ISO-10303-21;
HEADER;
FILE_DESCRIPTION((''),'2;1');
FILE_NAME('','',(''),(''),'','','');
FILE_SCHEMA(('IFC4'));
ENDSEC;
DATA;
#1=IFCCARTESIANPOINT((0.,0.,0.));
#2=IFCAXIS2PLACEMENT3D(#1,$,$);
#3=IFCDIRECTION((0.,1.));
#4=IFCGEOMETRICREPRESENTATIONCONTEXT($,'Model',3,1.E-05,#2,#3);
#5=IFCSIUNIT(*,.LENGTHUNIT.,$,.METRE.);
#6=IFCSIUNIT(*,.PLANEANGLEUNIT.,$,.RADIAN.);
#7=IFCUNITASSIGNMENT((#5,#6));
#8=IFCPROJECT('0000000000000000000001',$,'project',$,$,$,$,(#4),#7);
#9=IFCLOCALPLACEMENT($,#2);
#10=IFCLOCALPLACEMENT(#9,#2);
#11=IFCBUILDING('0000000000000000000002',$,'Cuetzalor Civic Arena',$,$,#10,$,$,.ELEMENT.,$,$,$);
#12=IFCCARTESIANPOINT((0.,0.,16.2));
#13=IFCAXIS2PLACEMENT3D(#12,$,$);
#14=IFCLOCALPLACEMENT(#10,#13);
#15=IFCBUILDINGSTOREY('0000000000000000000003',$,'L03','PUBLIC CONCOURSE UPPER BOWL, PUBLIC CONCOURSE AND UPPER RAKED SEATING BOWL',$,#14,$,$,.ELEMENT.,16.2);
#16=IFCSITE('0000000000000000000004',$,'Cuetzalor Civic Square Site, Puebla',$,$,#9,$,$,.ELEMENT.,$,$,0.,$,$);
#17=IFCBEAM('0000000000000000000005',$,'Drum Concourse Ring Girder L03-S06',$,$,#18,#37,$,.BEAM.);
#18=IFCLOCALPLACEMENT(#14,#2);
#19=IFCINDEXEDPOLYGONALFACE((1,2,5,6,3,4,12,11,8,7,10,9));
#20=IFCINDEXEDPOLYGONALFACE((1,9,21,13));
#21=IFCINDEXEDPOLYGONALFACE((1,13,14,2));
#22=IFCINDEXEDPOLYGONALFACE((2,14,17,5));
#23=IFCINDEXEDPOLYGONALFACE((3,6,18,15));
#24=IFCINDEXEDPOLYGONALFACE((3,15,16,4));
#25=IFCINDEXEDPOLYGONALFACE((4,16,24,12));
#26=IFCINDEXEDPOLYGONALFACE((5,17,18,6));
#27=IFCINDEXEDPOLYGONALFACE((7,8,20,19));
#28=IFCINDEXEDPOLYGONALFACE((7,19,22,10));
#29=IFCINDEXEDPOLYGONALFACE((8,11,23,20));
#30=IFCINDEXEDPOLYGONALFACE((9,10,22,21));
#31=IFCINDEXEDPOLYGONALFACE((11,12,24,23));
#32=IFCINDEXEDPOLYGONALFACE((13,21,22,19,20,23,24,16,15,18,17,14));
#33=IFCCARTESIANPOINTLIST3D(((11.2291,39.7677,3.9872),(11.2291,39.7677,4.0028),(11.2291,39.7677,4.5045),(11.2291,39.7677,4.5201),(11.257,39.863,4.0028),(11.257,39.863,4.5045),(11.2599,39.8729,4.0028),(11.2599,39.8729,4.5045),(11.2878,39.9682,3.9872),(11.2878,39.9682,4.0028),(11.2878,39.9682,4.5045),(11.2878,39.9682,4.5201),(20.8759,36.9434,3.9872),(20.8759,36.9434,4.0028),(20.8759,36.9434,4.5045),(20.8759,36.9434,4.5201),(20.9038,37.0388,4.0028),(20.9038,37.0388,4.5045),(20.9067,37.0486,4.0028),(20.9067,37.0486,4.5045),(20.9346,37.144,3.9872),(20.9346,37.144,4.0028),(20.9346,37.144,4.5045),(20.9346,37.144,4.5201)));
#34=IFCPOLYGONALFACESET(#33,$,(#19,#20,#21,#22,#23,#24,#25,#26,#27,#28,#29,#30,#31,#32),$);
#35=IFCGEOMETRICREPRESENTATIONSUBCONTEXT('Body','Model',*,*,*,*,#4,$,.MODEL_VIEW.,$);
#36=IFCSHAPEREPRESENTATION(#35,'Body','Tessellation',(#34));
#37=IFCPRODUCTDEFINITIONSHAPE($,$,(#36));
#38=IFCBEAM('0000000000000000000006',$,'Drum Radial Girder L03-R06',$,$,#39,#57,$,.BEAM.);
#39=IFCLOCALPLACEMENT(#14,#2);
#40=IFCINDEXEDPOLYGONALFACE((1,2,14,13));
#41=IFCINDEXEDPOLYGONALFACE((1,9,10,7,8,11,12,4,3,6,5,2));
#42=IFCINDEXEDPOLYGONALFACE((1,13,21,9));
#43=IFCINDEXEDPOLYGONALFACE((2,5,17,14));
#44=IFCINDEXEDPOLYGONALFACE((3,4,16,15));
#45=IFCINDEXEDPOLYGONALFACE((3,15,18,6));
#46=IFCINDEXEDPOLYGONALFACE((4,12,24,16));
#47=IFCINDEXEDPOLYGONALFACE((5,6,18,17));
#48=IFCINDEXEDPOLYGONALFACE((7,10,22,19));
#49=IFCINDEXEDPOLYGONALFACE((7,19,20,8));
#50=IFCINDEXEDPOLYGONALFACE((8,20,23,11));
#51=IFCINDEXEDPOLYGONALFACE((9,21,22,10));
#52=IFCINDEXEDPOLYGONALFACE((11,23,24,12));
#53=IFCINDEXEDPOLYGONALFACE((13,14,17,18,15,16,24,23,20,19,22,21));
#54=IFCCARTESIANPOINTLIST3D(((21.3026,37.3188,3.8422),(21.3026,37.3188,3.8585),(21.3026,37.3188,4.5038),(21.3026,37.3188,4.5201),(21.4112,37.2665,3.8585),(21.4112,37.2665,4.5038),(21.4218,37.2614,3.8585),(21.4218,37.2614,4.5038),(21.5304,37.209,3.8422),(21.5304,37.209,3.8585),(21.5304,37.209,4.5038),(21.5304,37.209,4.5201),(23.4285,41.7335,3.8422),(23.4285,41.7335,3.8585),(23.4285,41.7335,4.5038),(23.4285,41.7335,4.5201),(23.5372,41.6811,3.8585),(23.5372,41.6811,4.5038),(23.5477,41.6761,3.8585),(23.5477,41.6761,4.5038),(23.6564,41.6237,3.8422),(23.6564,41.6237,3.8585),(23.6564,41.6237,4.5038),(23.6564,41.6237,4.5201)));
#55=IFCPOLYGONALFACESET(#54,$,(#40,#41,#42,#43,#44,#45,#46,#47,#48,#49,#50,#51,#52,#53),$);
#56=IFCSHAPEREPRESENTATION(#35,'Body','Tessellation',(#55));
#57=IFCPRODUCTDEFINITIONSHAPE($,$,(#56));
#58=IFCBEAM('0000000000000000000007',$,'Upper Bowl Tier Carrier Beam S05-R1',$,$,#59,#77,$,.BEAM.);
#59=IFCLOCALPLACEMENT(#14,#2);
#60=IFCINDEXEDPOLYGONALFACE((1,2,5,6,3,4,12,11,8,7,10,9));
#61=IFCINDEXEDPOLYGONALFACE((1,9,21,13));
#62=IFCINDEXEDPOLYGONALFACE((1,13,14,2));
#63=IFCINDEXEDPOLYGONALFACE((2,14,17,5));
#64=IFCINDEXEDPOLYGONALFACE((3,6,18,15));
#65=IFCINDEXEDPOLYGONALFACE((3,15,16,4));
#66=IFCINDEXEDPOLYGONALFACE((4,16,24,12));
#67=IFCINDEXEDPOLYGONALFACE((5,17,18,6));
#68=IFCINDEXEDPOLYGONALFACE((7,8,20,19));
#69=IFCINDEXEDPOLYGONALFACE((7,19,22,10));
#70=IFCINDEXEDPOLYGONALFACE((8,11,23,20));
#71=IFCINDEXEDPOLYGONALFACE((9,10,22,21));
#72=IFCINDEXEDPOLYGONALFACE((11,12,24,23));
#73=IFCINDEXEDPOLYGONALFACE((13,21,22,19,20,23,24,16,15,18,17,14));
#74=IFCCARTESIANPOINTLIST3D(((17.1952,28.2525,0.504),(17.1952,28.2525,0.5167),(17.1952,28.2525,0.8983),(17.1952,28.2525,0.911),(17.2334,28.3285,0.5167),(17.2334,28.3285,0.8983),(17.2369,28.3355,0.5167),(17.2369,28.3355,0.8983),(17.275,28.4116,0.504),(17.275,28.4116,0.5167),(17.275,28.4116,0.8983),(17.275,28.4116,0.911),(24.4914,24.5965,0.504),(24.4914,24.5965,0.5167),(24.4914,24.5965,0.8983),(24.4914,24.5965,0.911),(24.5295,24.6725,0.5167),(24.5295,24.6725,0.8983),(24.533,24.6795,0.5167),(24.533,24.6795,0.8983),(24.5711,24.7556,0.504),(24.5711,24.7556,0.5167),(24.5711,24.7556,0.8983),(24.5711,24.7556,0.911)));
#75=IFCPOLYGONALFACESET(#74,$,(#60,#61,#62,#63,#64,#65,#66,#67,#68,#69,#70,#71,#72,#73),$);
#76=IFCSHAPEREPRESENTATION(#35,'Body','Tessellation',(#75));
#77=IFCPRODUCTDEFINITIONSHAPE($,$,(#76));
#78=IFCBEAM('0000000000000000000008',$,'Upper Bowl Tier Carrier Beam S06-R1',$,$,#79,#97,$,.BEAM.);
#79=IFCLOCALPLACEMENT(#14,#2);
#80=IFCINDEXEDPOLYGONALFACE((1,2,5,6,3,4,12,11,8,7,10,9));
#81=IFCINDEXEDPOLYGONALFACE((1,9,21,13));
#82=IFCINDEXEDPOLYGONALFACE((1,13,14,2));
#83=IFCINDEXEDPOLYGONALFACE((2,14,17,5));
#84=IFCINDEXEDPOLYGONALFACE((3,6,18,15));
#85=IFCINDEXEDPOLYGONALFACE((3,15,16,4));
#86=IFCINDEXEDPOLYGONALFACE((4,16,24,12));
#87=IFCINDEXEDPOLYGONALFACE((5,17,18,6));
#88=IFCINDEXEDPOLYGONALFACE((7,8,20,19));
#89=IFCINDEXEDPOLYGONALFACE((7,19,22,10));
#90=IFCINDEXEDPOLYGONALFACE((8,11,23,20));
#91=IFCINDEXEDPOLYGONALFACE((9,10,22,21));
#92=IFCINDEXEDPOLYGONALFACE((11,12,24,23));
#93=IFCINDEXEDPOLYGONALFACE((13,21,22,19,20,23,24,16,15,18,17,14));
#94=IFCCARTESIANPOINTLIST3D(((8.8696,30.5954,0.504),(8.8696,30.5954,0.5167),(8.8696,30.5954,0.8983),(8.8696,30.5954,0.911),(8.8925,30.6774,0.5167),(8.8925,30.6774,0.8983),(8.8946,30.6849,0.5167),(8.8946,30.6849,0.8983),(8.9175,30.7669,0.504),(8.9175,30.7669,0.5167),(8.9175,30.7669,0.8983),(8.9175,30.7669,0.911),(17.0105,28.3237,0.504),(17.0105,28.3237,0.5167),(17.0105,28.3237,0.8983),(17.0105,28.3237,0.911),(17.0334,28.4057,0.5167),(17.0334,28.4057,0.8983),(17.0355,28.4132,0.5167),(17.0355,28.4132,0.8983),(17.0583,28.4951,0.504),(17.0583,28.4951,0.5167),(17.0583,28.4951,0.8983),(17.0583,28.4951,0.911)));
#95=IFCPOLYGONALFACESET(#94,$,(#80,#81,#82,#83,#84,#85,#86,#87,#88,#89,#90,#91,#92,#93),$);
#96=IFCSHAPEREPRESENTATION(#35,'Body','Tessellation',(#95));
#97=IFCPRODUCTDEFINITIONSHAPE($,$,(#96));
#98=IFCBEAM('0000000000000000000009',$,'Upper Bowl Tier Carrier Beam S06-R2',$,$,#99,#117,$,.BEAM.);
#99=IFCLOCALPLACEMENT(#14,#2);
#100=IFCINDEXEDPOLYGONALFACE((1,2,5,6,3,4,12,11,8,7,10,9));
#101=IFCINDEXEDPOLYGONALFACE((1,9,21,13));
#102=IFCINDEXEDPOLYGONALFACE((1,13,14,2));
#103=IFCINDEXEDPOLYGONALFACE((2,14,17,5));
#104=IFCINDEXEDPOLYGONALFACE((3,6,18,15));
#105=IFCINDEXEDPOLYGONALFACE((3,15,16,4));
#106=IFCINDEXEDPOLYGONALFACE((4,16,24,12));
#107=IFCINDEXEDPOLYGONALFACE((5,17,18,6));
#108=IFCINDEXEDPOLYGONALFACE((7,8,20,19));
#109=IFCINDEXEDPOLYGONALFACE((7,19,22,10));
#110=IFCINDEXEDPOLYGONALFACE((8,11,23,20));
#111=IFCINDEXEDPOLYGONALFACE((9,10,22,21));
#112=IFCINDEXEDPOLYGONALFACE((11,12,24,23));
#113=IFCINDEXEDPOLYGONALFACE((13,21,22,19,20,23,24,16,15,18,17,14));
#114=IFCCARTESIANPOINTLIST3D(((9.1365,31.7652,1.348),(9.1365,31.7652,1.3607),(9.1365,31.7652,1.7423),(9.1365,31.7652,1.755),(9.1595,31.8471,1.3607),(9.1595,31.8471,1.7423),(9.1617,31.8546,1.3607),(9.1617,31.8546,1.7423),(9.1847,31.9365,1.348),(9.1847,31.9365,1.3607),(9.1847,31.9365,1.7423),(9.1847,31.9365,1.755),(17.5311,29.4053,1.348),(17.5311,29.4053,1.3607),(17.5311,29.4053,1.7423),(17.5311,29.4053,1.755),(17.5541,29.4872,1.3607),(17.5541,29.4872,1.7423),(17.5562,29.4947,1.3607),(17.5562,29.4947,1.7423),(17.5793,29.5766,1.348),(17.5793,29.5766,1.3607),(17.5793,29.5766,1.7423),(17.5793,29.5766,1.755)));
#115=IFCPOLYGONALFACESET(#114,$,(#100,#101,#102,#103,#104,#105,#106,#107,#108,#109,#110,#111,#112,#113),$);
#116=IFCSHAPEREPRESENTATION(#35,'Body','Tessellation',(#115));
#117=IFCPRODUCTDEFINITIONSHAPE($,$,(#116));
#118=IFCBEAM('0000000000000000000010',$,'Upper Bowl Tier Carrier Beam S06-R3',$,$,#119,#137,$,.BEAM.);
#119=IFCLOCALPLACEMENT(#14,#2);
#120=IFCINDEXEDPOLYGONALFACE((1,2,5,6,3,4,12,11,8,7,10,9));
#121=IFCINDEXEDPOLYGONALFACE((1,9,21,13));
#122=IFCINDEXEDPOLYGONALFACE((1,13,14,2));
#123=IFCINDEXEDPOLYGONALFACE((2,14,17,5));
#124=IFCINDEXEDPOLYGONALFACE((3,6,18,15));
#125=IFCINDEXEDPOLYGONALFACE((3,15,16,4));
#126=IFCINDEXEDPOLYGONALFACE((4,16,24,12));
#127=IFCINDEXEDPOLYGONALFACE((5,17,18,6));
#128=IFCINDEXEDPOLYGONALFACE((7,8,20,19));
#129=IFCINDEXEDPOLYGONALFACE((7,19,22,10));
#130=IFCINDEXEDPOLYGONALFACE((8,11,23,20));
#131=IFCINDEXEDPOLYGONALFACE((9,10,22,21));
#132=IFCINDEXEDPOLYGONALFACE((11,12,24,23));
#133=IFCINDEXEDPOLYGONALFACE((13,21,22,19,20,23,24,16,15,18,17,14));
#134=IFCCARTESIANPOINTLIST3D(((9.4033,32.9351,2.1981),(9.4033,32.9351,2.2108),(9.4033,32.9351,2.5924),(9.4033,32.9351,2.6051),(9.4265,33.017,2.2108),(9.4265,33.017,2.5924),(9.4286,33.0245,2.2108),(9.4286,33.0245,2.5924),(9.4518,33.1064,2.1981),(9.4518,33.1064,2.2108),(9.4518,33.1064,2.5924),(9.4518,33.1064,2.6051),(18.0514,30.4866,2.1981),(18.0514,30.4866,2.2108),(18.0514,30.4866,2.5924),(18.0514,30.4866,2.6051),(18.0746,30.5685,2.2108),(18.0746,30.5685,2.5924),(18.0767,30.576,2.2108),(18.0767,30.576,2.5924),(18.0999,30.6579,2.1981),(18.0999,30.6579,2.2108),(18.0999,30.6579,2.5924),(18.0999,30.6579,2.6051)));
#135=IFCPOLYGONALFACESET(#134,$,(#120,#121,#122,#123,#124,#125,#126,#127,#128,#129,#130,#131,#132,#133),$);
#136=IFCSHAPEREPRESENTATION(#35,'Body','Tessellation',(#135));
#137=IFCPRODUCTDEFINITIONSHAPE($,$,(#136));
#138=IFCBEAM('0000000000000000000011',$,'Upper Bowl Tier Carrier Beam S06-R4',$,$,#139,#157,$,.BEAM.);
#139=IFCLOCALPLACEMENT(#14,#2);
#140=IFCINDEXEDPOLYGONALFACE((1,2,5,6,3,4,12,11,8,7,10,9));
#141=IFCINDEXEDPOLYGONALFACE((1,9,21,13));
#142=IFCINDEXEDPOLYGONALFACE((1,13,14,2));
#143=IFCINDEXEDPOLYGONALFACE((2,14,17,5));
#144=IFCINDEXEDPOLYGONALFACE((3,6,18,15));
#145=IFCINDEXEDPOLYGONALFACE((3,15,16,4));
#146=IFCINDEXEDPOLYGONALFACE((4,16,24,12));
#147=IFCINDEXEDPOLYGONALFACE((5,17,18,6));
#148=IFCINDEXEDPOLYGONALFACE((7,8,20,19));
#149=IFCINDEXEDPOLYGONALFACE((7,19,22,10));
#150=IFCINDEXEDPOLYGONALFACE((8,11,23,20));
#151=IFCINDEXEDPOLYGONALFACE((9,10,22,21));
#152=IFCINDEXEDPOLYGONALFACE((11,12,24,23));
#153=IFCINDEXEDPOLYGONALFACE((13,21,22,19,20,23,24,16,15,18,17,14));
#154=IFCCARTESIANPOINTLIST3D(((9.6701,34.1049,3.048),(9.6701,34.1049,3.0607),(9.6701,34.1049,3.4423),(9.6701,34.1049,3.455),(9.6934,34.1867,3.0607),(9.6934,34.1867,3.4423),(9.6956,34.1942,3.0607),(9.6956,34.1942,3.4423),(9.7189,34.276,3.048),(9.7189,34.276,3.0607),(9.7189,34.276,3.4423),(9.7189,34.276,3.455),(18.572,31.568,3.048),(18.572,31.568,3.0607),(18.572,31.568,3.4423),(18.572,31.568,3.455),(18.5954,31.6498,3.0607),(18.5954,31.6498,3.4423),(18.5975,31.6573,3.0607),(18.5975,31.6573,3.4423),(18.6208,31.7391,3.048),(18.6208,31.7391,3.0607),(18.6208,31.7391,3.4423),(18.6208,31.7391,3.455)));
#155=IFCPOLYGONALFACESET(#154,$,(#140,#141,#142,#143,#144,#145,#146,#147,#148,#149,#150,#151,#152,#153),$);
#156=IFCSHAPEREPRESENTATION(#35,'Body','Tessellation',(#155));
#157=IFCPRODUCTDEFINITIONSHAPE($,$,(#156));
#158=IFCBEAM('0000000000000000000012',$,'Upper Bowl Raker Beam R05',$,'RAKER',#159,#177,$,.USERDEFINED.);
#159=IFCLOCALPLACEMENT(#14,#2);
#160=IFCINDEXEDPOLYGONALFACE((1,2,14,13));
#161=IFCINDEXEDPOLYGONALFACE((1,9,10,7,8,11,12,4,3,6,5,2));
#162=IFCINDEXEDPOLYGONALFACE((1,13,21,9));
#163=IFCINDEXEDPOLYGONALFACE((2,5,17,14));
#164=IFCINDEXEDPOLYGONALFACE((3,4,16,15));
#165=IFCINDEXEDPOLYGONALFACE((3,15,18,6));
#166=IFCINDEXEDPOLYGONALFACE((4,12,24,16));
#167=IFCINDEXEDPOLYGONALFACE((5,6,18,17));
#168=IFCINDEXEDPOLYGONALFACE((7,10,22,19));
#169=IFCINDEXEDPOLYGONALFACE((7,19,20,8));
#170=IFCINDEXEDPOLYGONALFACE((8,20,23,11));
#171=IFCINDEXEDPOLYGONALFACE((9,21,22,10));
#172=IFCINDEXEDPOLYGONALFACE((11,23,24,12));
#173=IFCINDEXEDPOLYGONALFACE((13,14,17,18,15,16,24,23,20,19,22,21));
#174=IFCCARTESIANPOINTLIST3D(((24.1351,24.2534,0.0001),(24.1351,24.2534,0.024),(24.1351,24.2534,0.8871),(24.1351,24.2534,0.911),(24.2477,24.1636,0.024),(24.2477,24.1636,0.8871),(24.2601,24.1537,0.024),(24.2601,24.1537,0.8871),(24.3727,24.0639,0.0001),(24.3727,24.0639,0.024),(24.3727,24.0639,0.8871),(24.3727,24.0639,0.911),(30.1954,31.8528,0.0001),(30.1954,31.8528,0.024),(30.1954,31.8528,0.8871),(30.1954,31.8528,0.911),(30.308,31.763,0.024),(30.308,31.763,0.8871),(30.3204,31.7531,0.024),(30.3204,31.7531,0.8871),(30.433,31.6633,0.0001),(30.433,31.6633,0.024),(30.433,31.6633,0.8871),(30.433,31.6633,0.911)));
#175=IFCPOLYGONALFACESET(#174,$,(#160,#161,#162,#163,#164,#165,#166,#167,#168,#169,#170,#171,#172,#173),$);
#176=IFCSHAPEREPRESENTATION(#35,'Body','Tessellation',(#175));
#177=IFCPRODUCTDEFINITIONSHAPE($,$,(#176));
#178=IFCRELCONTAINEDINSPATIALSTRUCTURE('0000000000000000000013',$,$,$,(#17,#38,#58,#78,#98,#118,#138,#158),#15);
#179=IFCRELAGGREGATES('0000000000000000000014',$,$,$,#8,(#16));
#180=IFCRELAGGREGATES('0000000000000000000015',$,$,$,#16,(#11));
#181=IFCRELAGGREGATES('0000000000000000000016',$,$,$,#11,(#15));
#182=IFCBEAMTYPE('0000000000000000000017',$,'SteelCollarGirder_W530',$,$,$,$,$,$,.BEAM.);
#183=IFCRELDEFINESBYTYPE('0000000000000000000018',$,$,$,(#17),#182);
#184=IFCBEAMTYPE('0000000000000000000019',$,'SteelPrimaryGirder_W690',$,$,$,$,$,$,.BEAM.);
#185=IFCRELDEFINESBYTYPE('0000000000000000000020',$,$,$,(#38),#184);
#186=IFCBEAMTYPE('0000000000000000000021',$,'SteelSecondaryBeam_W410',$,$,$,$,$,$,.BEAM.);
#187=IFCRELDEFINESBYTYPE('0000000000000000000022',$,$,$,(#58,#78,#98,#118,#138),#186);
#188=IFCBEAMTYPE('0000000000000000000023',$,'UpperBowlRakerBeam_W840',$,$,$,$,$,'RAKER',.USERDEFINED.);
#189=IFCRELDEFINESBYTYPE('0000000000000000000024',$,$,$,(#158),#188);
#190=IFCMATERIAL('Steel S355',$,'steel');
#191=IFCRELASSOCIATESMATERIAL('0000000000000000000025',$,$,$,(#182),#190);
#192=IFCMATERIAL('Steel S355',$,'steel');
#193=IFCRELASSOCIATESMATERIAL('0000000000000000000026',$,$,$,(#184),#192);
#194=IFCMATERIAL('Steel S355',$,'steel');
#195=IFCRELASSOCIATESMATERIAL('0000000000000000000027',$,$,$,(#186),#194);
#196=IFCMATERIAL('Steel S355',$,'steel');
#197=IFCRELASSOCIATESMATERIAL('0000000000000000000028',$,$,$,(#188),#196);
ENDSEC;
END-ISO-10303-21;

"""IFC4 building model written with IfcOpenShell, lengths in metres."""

from ifc_helpers import new_model, si_unit, direction, frame, origin, origin_2d, place, context, subcontext, project, spatial, i_section, extrude, material, material_profile, profile_set, type_object, element, save


model = new_model("IFC4")

# Units and contexts
model_context = context("Model", 3, precision=1e-05, world=origin(), true_north=direction((0.0, 1.0)))
body_context = subcontext(model_context, "Body", "Model", "MODEL_VIEW")
ifc_project = project(units=[si_unit("LENGTHUNIT", "METRE"), si_unit("PLANEANGLEUNIT", "RADIAN")], contexts=[model_context])

# Site, building, storey
site_placement = place(None, origin())
site = spatial("IfcSite", under=ifc_project, at=site_placement, Name="Cuetzalor Civic Square Site, Puebla", CompositionType="ELEMENT", RefElevation=0.0)
building_placement = place(site_placement, origin())
building = spatial("IfcBuilding", under=site, at=building_placement, Name="Cuetzalor Civic Arena", CompositionType="ELEMENT")
storey_placement = place(building_placement, frame((0.0, 0.0, 16.2)))
storey = spatial("IfcBuildingStorey", under=building, at=storey_placement, Name="L03", Description="PUBLIC CONCOURSE UPPER BOWL, PUBLIC CONCOURSE AND UPPER RAKED SEATING BOWL", CompositionType="ELEMENT", Elevation=16.2)

# Beams
ifc_material_1 = material(Name="Steel S355", Category="steel")
ifc_material_profile_1 = material_profile(ifc_material_1, i_section(OverallWidth=0.209, OverallDepth=0.533, WebThickness=0.0103, FlangeThickness=0.0156, at=origin_2d()), Name="W530x92")
ifc_profile_set_1 = profile_set([ifc_material_profile_1], Name="Steel S355")
beam_type_1 = type_object("IfcBeamType", Name="SteelCollarGirder_W530", PredefinedType="BEAM", material=ifc_profile_set_1)
beam_1_placement = place(storey_placement, frame((20.9053, 37.0437, 4.2537), z_axis=(-0.959716, 0.280971, 0.0), x_axis=(-0.280971, -0.959716, 0.0)))
element("IfcBeam", 1, at=beam_1_placement, inside=storey, type_object=beam_type_1, Name="Drum Concourse Ring Girder L03-S06", PredefinedType="BEAM", context=body_context, shape_type="SweptSolid", body=[
    extrude(i_section(OverallWidth=0.209, OverallDepth=0.533, WebThickness=0.0103, FlangeThickness=0.0156, at=origin_2d()), origin(), (0.0, 0.0, 1.0), 10.0518),
])
ifc_material_2 = material(Name="Steel S355", Category="steel")
ifc_material_profile_2 = material_profile(ifc_material_2, i_section(OverallWidth=0.2529, OverallDepth=0.678, WebThickness=0.0117, FlangeThickness=0.0164, at=origin_2d()), Name="W690x125")
ifc_profile_set_2 = profile_set([ifc_material_profile_2], Name="Steel S355")
beam_type_2 = type_object("IfcBeamType", Name="SteelPrimaryGirder_W690", PredefinedType="BEAM", material=ifc_profile_set_2)
beam_2_placement = place(storey_placement, frame((21.4165, 37.2639, 4.1812), z_axis=(0.433871, 0.900975, 0.0), x_axis=(-0.900975, 0.433871, 0.0)))
element("IfcBeam", 2, at=beam_2_placement, inside=storey, type_object=beam_type_2, Name="Drum Radial Girder L03-R06", PredefinedType="BEAM", context=body_context, shape_type="SweptSolid", body=[
    extrude(i_section(OverallWidth=0.2529, OverallDepth=0.678, WebThickness=0.0117, FlangeThickness=0.0164, at=origin_2d()), origin(), (0.0, 0.0, 1.0), 4.8999),
])
ifc_material_3 = material(Name="Steel S355", Category="steel")
ifc_material_profile_3 = material_profile(ifc_material_3, i_section(OverallWidth=0.178, OverallDepth=0.407, WebThickness=0.0078, FlangeThickness=0.0127, at=origin_2d()), Name="W410x60")
ifc_profile_set_3 = profile_set([ifc_material_profile_3], Name="Steel S355")
beam_type_3 = type_object("IfcBeamType", Name="SteelSecondaryBeam_W410", PredefinedType="BEAM", material=ifc_profile_set_3)
beam_3_placement = place(storey_placement, frame((24.5312, 24.676, 0.7075), z_axis=(-0.894038, 0.447991, 0.0), x_axis=(-0.447991, -0.894038, 0.0)))
element("IfcBeam", 3, at=beam_3_placement, inside=storey, type_object=beam_type_3, Name="Upper Bowl Tier Carrier Beam S05-R1", PredefinedType="BEAM", context=body_context, shape_type="SweptSolid", body=[
    extrude(i_section(OverallWidth=0.178, OverallDepth=0.407, WebThickness=0.0078, FlangeThickness=0.0127, at=origin_2d()), origin(), (0.0, 0.0, 1.0), 8.1609),
])
beam_4_placement = place(storey_placement, frame((17.0344, 28.4094, 0.7075), z_axis=(-0.963201, 0.268783, 0.0), x_axis=(-0.268783, -0.963201, 0.0)))
element("IfcBeam", 4, at=beam_4_placement, inside=storey, type_object=beam_type_3, Name="Upper Bowl Tier Carrier Beam S06-R1", PredefinedType="BEAM", context=body_context, shape_type="SweptSolid", body=[
    extrude(i_section(OverallWidth=0.178, OverallDepth=0.407, WebThickness=0.0078, FlangeThickness=0.0127, at=origin_2d()), origin(), (0.0, 0.0, 1.0), 8.4519),
])
beam_5_placement = place(storey_placement, frame((17.5552, 29.491, 1.5515), z_axis=(-0.962684, 0.270629, 0.0), x_axis=(-0.270629, -0.962684, 0.0)))
element("IfcBeam", 5, at=beam_5_placement, inside=storey, type_object=beam_type_3, Name="Upper Bowl Tier Carrier Beam S06-R2", PredefinedType="BEAM", context=body_context, shape_type="SweptSolid", body=[
    extrude(i_section(OverallWidth=0.178, OverallDepth=0.407, WebThickness=0.0078, FlangeThickness=0.0127, at=origin_2d()), origin(), (0.0, 0.0, 1.0), 8.72),
])
beam_6_placement = place(storey_placement, frame((18.0757, 30.5723, 2.4016), z_axis=(-0.96218, 0.272414, 0.0), x_axis=(-0.272414, -0.96218, 0.0)))
element("IfcBeam", 6, at=beam_6_placement, inside=storey, type_object=beam_type_3, Name="Upper Bowl Tier Carrier Beam S06-R3", PredefinedType="BEAM", context=body_context, shape_type="SweptSolid", body=[
    extrude(i_section(OverallWidth=0.178, OverallDepth=0.407, WebThickness=0.0078, FlangeThickness=0.0127, at=origin_2d()), origin(), (0.0, 0.0, 1.0), 8.988),
])
beam_7_placement = place(storey_placement, frame((18.5964, 31.6536, 3.2515), z_axis=(-0.96171, 0.27407, 0.0), x_axis=(-0.27407, -0.96171, 0.0)))
element("IfcBeam", 7, at=beam_7_placement, inside=storey, type_object=beam_type_3, Name="Upper Bowl Tier Carrier Beam S06-R4", PredefinedType="BEAM", context=body_context, shape_type="SweptSolid", body=[
    extrude(i_section(OverallWidth=0.178, OverallDepth=0.407, WebThickness=0.0078, FlangeThickness=0.0127, at=origin_2d()), origin(), (0.0, 0.0, 1.0), 9.2563),
])
ifc_material_4 = material(Name="Steel S355", Category="steel")
ifc_material_profile_4 = material_profile(ifc_material_4, i_section(OverallWidth=0.304, OverallDepth=0.9109, WebThickness=0.0159, FlangeThickness=0.0239, at=origin_2d()), Name="W920x223")
ifc_profile_set_4 = profile_set([ifc_material_profile_4], Name="Steel S355")
beam_type_4 = type_object("IfcBeamType", Name="UpperBowlRakerBeam_W840", ElementType="RAKER", PredefinedType="USERDEFINED", material=ifc_profile_set_4)
beam_8_placement = place(storey_placement, frame((24.2539, 24.1587, 0.4556), z_axis=(0.623491, 0.781831, 0.0), x_axis=(-0.781831, 0.623491, 0.0)))
element("IfcBeam", 8, at=beam_8_placement, inside=storey, type_object=beam_type_4, Name="Upper Bowl Raker Beam R05", ObjectType="RAKER", PredefinedType="USERDEFINED", context=body_context, shape_type="SweptSolid", body=[
    extrude(i_section(OverallWidth=0.304, OverallDepth=0.9109, WebThickness=0.0159, FlangeThickness=0.0239, at=origin_2d()), origin(), (0.0, 0.0, 1.0), 9.72),
])

save(model, "model.ifc")
